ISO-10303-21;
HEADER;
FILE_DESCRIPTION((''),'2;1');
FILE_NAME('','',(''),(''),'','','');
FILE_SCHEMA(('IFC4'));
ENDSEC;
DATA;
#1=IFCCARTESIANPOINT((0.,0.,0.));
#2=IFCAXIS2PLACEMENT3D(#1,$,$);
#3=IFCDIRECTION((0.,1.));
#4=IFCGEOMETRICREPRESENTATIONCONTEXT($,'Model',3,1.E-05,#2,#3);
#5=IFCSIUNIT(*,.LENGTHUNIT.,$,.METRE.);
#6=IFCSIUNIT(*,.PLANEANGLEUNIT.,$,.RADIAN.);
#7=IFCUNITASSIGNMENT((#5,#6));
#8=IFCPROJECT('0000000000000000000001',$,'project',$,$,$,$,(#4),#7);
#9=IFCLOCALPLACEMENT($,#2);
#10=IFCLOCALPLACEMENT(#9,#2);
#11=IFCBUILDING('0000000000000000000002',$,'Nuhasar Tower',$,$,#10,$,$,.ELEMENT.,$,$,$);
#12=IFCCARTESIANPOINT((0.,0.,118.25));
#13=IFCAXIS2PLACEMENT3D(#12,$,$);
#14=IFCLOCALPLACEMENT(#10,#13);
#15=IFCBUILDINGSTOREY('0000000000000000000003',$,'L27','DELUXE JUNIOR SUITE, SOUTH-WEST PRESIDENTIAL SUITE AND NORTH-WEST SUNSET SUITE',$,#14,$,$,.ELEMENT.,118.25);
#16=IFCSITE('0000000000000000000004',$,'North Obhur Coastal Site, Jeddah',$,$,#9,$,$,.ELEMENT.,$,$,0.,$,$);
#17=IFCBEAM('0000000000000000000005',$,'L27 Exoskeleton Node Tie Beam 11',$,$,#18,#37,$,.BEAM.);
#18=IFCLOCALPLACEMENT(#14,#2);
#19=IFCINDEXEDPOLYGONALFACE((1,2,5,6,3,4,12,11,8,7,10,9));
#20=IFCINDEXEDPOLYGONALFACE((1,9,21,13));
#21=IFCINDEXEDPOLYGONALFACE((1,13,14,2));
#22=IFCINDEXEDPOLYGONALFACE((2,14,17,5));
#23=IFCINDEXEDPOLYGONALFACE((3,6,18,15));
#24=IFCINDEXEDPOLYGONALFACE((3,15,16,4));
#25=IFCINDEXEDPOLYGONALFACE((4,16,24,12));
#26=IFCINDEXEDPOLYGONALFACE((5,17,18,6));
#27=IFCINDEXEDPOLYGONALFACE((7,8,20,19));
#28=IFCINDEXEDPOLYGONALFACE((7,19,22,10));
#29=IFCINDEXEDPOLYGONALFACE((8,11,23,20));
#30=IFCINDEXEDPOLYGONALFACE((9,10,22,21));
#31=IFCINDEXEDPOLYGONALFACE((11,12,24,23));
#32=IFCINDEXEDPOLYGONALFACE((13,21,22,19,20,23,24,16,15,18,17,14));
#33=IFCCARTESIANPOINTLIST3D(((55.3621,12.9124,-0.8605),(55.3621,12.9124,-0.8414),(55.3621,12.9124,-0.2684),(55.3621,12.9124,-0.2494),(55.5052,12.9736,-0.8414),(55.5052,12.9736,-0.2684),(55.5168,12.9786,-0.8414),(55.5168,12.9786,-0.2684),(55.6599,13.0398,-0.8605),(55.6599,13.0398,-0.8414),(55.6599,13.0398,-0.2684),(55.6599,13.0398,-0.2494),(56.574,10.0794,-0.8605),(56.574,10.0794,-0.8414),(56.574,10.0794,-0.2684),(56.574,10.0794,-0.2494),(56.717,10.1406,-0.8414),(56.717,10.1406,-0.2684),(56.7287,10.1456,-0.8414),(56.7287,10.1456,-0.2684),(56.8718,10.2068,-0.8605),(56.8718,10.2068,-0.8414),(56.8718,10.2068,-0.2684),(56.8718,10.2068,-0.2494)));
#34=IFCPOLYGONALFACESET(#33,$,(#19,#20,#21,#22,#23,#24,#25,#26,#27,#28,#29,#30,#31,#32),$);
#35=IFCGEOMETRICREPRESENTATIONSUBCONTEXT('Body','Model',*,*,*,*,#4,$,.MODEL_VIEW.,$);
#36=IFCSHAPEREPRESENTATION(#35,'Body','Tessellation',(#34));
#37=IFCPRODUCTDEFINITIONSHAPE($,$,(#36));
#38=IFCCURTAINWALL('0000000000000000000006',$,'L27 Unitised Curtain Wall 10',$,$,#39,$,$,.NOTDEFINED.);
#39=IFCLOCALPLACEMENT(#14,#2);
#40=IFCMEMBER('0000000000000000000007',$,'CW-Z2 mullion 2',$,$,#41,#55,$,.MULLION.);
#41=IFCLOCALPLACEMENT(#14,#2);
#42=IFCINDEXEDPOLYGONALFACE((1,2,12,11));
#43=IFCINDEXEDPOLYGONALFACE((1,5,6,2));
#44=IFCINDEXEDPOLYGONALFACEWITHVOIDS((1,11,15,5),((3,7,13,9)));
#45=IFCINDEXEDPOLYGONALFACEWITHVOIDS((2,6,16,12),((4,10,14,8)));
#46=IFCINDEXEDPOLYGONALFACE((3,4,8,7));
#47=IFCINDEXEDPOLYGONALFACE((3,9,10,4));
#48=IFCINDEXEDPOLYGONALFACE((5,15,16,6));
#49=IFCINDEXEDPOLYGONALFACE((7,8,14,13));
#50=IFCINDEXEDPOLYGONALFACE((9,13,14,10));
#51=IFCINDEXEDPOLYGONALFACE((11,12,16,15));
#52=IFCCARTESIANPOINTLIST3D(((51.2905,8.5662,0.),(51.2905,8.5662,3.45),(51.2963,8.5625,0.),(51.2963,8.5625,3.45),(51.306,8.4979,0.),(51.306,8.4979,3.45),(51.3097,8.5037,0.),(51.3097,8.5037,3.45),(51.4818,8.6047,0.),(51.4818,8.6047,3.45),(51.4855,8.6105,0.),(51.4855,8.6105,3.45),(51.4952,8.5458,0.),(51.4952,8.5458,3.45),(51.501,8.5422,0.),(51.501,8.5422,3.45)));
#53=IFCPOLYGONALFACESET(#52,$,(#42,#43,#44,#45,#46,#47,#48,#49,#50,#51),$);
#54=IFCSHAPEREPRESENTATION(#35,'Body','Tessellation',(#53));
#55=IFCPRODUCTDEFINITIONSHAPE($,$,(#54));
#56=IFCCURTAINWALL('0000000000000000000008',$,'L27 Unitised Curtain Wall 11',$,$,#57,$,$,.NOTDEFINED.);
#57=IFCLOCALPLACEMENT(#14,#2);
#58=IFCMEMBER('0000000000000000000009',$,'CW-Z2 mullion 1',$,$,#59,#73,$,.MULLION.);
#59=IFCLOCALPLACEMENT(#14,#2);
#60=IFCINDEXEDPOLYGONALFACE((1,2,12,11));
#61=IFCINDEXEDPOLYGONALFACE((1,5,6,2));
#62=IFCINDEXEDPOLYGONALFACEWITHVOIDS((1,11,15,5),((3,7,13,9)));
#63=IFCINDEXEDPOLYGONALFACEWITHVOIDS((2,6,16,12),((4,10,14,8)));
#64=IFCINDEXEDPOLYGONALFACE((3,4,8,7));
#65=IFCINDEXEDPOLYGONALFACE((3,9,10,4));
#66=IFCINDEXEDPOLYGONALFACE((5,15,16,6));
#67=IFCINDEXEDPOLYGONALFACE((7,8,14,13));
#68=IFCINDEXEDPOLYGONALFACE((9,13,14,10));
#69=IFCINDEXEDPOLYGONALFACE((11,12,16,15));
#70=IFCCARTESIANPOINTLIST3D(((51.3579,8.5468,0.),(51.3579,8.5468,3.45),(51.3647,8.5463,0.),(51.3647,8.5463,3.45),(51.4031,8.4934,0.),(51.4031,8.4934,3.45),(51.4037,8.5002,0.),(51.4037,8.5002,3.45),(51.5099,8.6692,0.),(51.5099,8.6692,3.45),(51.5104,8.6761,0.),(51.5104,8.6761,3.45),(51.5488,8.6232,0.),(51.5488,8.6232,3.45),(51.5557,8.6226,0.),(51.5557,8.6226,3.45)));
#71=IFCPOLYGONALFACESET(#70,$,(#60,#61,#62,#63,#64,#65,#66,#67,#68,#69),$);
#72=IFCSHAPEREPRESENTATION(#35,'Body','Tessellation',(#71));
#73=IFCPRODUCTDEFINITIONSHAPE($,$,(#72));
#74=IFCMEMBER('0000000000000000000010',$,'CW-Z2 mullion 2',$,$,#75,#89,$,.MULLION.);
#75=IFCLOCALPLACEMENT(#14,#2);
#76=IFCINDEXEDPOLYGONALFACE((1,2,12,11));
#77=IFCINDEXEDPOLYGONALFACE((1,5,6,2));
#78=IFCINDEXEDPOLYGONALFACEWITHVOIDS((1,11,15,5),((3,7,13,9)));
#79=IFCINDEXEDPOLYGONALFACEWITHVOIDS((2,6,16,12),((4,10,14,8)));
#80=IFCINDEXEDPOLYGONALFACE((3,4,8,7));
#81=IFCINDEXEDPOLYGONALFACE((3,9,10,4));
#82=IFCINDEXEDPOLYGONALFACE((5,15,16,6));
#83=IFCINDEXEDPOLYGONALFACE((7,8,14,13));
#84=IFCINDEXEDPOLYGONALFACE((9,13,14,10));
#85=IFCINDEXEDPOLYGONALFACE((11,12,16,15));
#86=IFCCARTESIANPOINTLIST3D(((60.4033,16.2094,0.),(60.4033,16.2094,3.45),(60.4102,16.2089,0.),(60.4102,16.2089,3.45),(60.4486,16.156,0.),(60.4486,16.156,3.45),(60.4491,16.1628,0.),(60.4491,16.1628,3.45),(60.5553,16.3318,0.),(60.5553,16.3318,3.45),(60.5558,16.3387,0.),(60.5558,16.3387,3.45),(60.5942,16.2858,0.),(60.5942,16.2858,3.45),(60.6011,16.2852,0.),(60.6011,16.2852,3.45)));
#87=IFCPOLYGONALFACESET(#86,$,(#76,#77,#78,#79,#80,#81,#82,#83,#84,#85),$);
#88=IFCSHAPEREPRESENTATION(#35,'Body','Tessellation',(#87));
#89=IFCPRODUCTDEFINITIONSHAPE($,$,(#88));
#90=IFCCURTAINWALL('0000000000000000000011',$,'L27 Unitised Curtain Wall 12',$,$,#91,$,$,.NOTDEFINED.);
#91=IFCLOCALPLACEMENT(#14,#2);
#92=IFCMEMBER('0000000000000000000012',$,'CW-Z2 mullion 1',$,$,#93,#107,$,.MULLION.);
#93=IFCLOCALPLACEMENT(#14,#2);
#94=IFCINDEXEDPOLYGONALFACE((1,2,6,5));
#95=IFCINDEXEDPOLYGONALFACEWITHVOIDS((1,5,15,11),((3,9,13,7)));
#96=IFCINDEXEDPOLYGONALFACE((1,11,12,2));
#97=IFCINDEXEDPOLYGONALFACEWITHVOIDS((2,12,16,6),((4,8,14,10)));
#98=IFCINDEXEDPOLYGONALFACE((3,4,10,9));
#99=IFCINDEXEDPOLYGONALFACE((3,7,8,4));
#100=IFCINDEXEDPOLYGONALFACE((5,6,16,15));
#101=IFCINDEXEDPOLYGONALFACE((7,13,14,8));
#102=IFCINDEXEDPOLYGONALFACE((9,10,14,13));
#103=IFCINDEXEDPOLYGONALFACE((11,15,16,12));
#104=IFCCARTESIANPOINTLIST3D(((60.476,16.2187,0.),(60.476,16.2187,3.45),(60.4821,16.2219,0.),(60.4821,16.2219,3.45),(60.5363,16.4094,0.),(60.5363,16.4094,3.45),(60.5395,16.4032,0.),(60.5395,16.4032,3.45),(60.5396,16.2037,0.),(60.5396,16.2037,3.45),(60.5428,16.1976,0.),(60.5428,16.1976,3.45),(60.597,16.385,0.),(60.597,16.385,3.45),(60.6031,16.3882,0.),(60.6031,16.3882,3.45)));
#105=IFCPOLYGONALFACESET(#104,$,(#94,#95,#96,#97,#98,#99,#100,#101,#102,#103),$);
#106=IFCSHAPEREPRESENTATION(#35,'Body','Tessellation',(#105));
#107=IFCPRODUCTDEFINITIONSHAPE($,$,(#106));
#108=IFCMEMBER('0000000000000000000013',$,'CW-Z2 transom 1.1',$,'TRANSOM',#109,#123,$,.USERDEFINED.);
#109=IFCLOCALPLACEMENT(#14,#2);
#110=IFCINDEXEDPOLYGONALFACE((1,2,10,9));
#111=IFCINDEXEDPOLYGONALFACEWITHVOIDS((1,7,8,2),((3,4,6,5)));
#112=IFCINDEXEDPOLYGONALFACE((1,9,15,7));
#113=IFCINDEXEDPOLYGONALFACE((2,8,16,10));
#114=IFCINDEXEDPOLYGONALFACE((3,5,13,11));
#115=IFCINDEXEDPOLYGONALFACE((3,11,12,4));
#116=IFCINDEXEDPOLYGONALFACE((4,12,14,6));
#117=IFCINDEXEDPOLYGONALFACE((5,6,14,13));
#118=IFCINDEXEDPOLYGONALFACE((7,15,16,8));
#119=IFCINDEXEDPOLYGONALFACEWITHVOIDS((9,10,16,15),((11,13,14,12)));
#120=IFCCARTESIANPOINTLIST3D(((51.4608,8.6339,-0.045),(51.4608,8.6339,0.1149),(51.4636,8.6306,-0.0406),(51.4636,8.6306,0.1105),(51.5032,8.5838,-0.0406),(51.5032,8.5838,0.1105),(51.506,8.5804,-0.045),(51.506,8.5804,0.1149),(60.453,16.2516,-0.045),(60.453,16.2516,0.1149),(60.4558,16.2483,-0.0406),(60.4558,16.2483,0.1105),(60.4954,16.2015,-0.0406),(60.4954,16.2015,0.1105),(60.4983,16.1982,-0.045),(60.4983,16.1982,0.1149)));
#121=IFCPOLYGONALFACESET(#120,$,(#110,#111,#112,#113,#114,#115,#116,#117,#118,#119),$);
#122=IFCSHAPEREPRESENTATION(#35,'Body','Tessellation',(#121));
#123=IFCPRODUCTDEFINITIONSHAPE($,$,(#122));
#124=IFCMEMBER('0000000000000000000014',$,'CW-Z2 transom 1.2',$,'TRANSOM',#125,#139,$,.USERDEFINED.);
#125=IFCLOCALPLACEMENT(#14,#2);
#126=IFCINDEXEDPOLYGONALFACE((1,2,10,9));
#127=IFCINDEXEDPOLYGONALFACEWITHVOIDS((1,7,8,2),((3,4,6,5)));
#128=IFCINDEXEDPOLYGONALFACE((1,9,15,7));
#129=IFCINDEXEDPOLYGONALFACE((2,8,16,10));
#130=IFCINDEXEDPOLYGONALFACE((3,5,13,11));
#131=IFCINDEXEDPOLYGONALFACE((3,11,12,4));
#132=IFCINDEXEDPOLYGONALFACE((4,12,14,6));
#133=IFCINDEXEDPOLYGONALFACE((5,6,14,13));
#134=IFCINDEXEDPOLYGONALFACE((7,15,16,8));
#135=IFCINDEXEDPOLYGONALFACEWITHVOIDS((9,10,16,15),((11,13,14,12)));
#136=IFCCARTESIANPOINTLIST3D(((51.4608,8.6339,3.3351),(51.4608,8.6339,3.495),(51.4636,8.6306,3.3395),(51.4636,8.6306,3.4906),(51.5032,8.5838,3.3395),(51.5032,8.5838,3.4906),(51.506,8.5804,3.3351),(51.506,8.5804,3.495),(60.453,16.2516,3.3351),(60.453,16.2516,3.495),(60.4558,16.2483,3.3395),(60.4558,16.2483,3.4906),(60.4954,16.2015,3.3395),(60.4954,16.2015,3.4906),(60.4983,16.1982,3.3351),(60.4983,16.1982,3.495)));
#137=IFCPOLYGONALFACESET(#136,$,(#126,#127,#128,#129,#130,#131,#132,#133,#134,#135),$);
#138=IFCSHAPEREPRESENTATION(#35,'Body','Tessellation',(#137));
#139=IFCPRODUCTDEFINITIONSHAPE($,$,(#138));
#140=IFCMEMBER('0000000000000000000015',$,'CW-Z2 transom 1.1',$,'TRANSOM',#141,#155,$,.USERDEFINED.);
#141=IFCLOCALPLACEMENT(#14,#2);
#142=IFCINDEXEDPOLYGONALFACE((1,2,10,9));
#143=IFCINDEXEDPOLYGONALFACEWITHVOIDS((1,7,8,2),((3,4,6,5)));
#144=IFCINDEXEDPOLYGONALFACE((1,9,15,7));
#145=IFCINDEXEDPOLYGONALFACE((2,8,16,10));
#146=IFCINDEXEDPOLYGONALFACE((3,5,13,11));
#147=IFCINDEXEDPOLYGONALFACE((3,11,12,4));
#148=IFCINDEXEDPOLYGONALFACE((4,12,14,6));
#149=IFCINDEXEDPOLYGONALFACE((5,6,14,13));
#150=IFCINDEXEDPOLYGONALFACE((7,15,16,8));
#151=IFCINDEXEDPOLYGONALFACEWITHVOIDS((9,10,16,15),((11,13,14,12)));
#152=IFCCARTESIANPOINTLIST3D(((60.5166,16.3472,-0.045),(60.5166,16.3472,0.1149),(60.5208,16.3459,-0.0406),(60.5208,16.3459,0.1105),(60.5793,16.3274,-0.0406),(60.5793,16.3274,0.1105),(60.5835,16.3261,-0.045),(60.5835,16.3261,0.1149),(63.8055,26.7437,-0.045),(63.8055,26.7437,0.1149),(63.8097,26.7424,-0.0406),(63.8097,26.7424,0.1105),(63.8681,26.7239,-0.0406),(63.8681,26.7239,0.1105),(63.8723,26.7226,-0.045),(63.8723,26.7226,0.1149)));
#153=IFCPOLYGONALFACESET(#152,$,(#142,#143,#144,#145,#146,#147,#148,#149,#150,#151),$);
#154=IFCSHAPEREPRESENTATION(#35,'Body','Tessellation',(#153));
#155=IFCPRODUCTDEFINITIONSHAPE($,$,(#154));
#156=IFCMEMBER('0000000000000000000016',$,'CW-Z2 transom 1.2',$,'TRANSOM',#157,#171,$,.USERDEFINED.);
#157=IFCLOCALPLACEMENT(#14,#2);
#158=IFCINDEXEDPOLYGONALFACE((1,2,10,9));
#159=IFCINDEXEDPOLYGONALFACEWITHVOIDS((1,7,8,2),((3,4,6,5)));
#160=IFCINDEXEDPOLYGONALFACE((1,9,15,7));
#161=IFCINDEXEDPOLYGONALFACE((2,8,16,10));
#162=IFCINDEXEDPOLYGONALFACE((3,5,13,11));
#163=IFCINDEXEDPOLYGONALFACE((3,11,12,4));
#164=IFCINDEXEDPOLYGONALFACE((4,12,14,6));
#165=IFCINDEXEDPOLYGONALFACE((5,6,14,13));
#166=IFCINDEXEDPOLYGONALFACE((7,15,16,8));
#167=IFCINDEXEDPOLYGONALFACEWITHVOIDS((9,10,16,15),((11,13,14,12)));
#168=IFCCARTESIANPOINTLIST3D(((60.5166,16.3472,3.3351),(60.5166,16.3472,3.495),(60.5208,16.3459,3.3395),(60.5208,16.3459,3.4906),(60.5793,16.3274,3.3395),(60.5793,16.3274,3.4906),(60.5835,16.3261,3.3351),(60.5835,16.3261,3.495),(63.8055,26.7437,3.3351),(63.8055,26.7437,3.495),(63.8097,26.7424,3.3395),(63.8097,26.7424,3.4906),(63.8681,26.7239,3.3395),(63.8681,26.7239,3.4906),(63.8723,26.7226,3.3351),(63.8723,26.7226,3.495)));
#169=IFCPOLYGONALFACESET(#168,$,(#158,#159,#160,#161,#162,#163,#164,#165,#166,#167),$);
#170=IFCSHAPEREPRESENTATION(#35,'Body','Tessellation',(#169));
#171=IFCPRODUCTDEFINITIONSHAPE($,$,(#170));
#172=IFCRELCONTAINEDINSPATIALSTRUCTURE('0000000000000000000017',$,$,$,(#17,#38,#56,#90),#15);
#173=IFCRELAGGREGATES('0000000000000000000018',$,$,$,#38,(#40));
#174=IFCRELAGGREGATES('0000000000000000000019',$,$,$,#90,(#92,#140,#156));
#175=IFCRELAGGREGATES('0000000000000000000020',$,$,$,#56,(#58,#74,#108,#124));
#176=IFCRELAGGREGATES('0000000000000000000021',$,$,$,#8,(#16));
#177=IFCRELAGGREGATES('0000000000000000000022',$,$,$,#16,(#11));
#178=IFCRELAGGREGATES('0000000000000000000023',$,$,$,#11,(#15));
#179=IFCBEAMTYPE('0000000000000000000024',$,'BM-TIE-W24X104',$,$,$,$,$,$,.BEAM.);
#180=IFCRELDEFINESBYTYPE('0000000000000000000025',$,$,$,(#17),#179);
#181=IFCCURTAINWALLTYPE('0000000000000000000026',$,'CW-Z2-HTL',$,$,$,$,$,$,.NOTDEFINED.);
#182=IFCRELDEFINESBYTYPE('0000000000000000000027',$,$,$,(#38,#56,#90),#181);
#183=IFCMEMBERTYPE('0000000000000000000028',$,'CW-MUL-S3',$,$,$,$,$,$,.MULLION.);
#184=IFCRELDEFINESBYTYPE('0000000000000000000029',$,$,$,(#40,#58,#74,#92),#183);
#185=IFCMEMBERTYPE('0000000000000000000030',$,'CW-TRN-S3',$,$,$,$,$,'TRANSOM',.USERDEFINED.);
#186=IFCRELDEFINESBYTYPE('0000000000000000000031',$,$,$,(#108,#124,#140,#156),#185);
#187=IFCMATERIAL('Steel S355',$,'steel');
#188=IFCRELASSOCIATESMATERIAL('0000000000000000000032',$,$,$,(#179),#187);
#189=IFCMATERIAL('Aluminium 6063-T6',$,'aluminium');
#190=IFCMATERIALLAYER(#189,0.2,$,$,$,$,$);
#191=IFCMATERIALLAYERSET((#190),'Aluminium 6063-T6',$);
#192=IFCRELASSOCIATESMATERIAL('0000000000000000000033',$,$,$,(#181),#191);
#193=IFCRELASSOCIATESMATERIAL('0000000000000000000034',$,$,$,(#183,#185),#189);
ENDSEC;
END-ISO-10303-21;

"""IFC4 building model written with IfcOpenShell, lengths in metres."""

from ifc_helpers import new_model, si_unit, direction, frame, origin, origin_2d, place, context, subcontext, project, spatial, hollow_rectangle, i_section, extrude, material, layer, layer_set, material_profile, profile_set, type_object, element, aggregate, save


model = new_model("IFC4")

# Units and contexts
model_context = context("Model", 3, precision=1e-05, world=origin(), true_north=direction((0.0, 1.0)))
body_context = subcontext(model_context, "Body", "Model", "MODEL_VIEW")
ifc_project = project(units=[si_unit("LENGTHUNIT", "METRE"), si_unit("PLANEANGLEUNIT", "RADIAN")], contexts=[model_context])

# Site, building, storey
site_placement = place(None, origin())
site = spatial("IfcSite", under=ifc_project, at=site_placement, Name="North Obhur Coastal Site, Jeddah", CompositionType="ELEMENT", RefElevation=0.0)
building_placement = place(site_placement, origin())
building = spatial("IfcBuilding", under=site, at=building_placement, Name="Nuhasar Tower", CompositionType="ELEMENT")
storey_placement = place(building_placement, frame((0.0, 0.0, 118.25)))
storey = spatial("IfcBuildingStorey", under=building, at=storey_placement, Name="L27", Description="DELUXE JUNIOR SUITE, SOUTH-WEST PRESIDENTIAL SUITE AND NORTH-WEST SUNSET SUITE", CompositionType="ELEMENT", Elevation=118.25)

# Beam
ifc_material_1 = material(Name="Steel S355", Category="steel")
ifc_material_profile_1 = material_profile(ifc_material_1, i_section(OverallWidth=0.324, OverallDepth=0.6111, WebThickness=0.0127, FlangeThickness=0.019, at=origin_2d()), Name="W24X104")
ifc_profile_set_1 = profile_set([ifc_material_profile_1], Name="Steel S355")
beam_type_1 = type_object("IfcBeamType", Name="BM-TIE-W24X104", PredefinedType="BEAM", material=ifc_profile_set_1)
beam_1_placement = place(storey_placement, frame((55.511, 12.9761, -0.5549), z_axis=(0.393307, -0.919407, 0.0), x_axis=(0.919407, 0.393307, 0.0)))
element("IfcBeam", 1, at=beam_1_placement, inside=storey, type_object=beam_type_1, Name="L27 Exoskeleton Node Tie Beam 11", PredefinedType="BEAM", context=body_context, shape_type="SweptSolid", body=[
    extrude(i_section(OverallWidth=0.324, OverallDepth=0.6111, WebThickness=0.0127, FlangeThickness=0.019, at=origin_2d()), origin(), (0.0, 0.0, 1.0), 3.0813),
])

# Curtain wall, member
ifc_material_2 = material(Name="Aluminium 6063-T6", Category="aluminium")
ifc_layer_1 = layer(ifc_material_2, 0.2)
ifc_layer_set_1 = layer_set([ifc_layer_1], Name="Aluminium 6063-T6")
curtain_wall_type = type_object("IfcCurtainWallType", Name="CW-Z2-HTL", PredefinedType="NOTDEFINED", material=ifc_layer_set_1)
curtain_wall_1_placement = place(storey_placement, origin())
curtain_wall_1 = element("IfcCurtainWall", 2, at=curtain_wall_1_placement, inside=storey, type_object=curtain_wall_type, Name="L27 Unitised Curtain Wall 10", PredefinedType="NOTDEFINED")
ifc_material_profile_2 = material_profile(ifc_material_2, hollow_rectangle(XDim=0.0701, YDim=0.2, WallThickness=0.0049, at=origin_2d()), Name="CWM-3")
ifc_profile_set_2 = profile_set([ifc_material_profile_2], Name="Aluminium 6063-T6")
member_type_1 = type_object("IfcMemberType", Name="CW-MUL-S3", PredefinedType="MULLION", material=ifc_profile_set_2)
member_1_placement = place(storey_placement, frame((51.3958, 8.5542, 0.0), z_axis=(0.0, 0.0, 1.0), x_axis=(-0.221397, 0.975184, 0.0)))
member_1 = element("IfcMember", 3, at=member_1_placement, type_object=member_type_1, Name="CW-Z2 mullion 2", PredefinedType="MULLION", context=body_context, shape_type="SweptSolid", body=[
    extrude(hollow_rectangle(XDim=0.0701, YDim=0.2, WallThickness=0.0049, at=origin_2d()), origin(), (0.0, 0.0, 1.0), 3.45),
])
aggregate(curtain_wall_1, [member_1])

# Curtain wall, members
curtain_wall_2_placement = place(storey_placement, origin())
curtain_wall_2 = element("IfcCurtainWall", 4, at=curtain_wall_2_placement, inside=storey, type_object=curtain_wall_type, Name="L27 Unitised Curtain Wall 11", PredefinedType="NOTDEFINED")
member_2_placement = place(storey_placement, frame((51.4568, 8.5847, 0.0), z_axis=(0.0, 0.0, 1.0), x_axis=(-0.646374, 0.76302, 0.0)))
member_2 = element("IfcMember", 5, at=member_2_placement, type_object=member_type_1, Name="CW-Z2 mullion 1", PredefinedType="MULLION", context=body_context, shape_type="SweptSolid", body=[
    extrude(hollow_rectangle(XDim=0.0701, YDim=0.2, WallThickness=0.0049, at=origin_2d()), origin(), (0.0, 0.0, 1.0), 3.45),
])
member_3_placement = place(storey_placement, frame((60.5022, 16.2473, 0.0), z_axis=(0.0, 0.0, 1.0), x_axis=(-0.646374, 0.76302, 0.0)))
member_3 = element("IfcMember", 6, at=member_3_placement, type_object=member_type_1, Name="CW-Z2 mullion 2", PredefinedType="MULLION", context=body_context, shape_type="SweptSolid", body=[
    extrude(hollow_rectangle(XDim=0.0701, YDim=0.2, WallThickness=0.0049, at=origin_2d()), origin(), (0.0, 0.0, 1.0), 3.45),
])

# Curtain wall, member
curtain_wall_3_placement = place(storey_placement, origin())
curtain_wall_3 = element("IfcCurtainWall", 7, at=curtain_wall_3_placement, inside=storey, type_object=curtain_wall_type, Name="L27 Unitised Curtain Wall 12", PredefinedType="NOTDEFINED")
member_4_placement = place(storey_placement, frame((60.5396, 16.3035, 0.0), z_axis=(0.0, 0.0, 1.0), x_axis=(-0.953433, 0.301604, 0.0)))
member_4 = element("IfcMember", 8, at=member_4_placement, type_object=member_type_1, Name="CW-Z2 mullion 1", PredefinedType="MULLION", context=body_context, shape_type="SweptSolid", body=[
    extrude(hollow_rectangle(XDim=0.0701, YDim=0.2, WallThickness=0.0049, at=origin_2d()), origin(), (0.0, 0.0, 1.0), 3.45),
])

# Members
ifc_material_profile_3 = material_profile(ifc_material_2, hollow_rectangle(XDim=0.0701, YDim=0.1599, WallThickness=0.0044, at=origin_2d()), Name="CWT-3")
ifc_profile_set_3 = profile_set([ifc_material_profile_3], Name="Aluminium 6063-T6")
member_type_2 = type_object("IfcMemberType", Name="CW-TRN-S3", ElementType="TRANSOM", PredefinedType="USERDEFINED", material=ifc_profile_set_3)
member_5_placement = place(storey_placement, frame((51.4834, 8.6072, 0.0349), z_axis=(0.763014, 0.646382, 0.0), x_axis=(-0.646382, 0.763014, 0.0)))
member_5 = element("IfcMember", 9, at=member_5_placement, type_object=member_type_2, Name="CW-Z2 transom 1.1", ObjectType="TRANSOM", PredefinedType="USERDEFINED", context=body_context, shape_type="SweptSolid", body=[
    extrude(hollow_rectangle(XDim=0.0701, YDim=0.1599, WallThickness=0.0044, at=origin_2d()), origin(), (0.0, 0.0, 1.0), 11.7852),
])
member_6_placement = place(storey_placement, frame((51.4834, 8.6072, 3.415), z_axis=(0.763014, 0.646382, 0.0), x_axis=(-0.646382, 0.763014, 0.0)))
member_6 = element("IfcMember", 10, at=member_6_placement, type_object=member_type_2, Name="CW-Z2 transom 1.2", ObjectType="TRANSOM", PredefinedType="USERDEFINED", context=body_context, shape_type="SweptSolid", body=[
    extrude(hollow_rectangle(XDim=0.0701, YDim=0.1599, WallThickness=0.0044, at=origin_2d()), origin(), (0.0, 0.0, 1.0), 11.7852),
])
member_7_placement = place(storey_placement, frame((60.55, 16.3367, 0.0349), z_axis=(0.301608, 0.953432, 0.0), x_axis=(-0.953432, 0.301608, 0.0)))
member_7 = element("IfcMember", 11, at=member_7_placement, type_object=member_type_2, Name="CW-Z2 transom 1.1", ObjectType="TRANSOM", PredefinedType="USERDEFINED", context=body_context, shape_type="SweptSolid", body=[
    extrude(hollow_rectangle(XDim=0.0701, YDim=0.1599, WallThickness=0.0044, at=origin_2d()), origin(), (0.0, 0.0, 1.0), 10.9043),
])
member_8_placement = place(storey_placement, frame((60.55, 16.3367, 3.415), z_axis=(0.301608, 0.953432, 0.0), x_axis=(-0.953432, 0.301608, 0.0)))
member_8 = element("IfcMember", 12, at=member_8_placement, type_object=member_type_2, Name="CW-Z2 transom 1.2", ObjectType="TRANSOM", PredefinedType="USERDEFINED", context=body_context, shape_type="SweptSolid", body=[
    extrude(hollow_rectangle(XDim=0.0701, YDim=0.1599, WallThickness=0.0044, at=origin_2d()), origin(), (0.0, 0.0, 1.0), 10.9043),
])
aggregate(curtain_wall_3, [member_4, member_7, member_8])

aggregate(curtain_wall_2, [member_2, member_3, member_5, member_6])

save(model, "model.ifc")
